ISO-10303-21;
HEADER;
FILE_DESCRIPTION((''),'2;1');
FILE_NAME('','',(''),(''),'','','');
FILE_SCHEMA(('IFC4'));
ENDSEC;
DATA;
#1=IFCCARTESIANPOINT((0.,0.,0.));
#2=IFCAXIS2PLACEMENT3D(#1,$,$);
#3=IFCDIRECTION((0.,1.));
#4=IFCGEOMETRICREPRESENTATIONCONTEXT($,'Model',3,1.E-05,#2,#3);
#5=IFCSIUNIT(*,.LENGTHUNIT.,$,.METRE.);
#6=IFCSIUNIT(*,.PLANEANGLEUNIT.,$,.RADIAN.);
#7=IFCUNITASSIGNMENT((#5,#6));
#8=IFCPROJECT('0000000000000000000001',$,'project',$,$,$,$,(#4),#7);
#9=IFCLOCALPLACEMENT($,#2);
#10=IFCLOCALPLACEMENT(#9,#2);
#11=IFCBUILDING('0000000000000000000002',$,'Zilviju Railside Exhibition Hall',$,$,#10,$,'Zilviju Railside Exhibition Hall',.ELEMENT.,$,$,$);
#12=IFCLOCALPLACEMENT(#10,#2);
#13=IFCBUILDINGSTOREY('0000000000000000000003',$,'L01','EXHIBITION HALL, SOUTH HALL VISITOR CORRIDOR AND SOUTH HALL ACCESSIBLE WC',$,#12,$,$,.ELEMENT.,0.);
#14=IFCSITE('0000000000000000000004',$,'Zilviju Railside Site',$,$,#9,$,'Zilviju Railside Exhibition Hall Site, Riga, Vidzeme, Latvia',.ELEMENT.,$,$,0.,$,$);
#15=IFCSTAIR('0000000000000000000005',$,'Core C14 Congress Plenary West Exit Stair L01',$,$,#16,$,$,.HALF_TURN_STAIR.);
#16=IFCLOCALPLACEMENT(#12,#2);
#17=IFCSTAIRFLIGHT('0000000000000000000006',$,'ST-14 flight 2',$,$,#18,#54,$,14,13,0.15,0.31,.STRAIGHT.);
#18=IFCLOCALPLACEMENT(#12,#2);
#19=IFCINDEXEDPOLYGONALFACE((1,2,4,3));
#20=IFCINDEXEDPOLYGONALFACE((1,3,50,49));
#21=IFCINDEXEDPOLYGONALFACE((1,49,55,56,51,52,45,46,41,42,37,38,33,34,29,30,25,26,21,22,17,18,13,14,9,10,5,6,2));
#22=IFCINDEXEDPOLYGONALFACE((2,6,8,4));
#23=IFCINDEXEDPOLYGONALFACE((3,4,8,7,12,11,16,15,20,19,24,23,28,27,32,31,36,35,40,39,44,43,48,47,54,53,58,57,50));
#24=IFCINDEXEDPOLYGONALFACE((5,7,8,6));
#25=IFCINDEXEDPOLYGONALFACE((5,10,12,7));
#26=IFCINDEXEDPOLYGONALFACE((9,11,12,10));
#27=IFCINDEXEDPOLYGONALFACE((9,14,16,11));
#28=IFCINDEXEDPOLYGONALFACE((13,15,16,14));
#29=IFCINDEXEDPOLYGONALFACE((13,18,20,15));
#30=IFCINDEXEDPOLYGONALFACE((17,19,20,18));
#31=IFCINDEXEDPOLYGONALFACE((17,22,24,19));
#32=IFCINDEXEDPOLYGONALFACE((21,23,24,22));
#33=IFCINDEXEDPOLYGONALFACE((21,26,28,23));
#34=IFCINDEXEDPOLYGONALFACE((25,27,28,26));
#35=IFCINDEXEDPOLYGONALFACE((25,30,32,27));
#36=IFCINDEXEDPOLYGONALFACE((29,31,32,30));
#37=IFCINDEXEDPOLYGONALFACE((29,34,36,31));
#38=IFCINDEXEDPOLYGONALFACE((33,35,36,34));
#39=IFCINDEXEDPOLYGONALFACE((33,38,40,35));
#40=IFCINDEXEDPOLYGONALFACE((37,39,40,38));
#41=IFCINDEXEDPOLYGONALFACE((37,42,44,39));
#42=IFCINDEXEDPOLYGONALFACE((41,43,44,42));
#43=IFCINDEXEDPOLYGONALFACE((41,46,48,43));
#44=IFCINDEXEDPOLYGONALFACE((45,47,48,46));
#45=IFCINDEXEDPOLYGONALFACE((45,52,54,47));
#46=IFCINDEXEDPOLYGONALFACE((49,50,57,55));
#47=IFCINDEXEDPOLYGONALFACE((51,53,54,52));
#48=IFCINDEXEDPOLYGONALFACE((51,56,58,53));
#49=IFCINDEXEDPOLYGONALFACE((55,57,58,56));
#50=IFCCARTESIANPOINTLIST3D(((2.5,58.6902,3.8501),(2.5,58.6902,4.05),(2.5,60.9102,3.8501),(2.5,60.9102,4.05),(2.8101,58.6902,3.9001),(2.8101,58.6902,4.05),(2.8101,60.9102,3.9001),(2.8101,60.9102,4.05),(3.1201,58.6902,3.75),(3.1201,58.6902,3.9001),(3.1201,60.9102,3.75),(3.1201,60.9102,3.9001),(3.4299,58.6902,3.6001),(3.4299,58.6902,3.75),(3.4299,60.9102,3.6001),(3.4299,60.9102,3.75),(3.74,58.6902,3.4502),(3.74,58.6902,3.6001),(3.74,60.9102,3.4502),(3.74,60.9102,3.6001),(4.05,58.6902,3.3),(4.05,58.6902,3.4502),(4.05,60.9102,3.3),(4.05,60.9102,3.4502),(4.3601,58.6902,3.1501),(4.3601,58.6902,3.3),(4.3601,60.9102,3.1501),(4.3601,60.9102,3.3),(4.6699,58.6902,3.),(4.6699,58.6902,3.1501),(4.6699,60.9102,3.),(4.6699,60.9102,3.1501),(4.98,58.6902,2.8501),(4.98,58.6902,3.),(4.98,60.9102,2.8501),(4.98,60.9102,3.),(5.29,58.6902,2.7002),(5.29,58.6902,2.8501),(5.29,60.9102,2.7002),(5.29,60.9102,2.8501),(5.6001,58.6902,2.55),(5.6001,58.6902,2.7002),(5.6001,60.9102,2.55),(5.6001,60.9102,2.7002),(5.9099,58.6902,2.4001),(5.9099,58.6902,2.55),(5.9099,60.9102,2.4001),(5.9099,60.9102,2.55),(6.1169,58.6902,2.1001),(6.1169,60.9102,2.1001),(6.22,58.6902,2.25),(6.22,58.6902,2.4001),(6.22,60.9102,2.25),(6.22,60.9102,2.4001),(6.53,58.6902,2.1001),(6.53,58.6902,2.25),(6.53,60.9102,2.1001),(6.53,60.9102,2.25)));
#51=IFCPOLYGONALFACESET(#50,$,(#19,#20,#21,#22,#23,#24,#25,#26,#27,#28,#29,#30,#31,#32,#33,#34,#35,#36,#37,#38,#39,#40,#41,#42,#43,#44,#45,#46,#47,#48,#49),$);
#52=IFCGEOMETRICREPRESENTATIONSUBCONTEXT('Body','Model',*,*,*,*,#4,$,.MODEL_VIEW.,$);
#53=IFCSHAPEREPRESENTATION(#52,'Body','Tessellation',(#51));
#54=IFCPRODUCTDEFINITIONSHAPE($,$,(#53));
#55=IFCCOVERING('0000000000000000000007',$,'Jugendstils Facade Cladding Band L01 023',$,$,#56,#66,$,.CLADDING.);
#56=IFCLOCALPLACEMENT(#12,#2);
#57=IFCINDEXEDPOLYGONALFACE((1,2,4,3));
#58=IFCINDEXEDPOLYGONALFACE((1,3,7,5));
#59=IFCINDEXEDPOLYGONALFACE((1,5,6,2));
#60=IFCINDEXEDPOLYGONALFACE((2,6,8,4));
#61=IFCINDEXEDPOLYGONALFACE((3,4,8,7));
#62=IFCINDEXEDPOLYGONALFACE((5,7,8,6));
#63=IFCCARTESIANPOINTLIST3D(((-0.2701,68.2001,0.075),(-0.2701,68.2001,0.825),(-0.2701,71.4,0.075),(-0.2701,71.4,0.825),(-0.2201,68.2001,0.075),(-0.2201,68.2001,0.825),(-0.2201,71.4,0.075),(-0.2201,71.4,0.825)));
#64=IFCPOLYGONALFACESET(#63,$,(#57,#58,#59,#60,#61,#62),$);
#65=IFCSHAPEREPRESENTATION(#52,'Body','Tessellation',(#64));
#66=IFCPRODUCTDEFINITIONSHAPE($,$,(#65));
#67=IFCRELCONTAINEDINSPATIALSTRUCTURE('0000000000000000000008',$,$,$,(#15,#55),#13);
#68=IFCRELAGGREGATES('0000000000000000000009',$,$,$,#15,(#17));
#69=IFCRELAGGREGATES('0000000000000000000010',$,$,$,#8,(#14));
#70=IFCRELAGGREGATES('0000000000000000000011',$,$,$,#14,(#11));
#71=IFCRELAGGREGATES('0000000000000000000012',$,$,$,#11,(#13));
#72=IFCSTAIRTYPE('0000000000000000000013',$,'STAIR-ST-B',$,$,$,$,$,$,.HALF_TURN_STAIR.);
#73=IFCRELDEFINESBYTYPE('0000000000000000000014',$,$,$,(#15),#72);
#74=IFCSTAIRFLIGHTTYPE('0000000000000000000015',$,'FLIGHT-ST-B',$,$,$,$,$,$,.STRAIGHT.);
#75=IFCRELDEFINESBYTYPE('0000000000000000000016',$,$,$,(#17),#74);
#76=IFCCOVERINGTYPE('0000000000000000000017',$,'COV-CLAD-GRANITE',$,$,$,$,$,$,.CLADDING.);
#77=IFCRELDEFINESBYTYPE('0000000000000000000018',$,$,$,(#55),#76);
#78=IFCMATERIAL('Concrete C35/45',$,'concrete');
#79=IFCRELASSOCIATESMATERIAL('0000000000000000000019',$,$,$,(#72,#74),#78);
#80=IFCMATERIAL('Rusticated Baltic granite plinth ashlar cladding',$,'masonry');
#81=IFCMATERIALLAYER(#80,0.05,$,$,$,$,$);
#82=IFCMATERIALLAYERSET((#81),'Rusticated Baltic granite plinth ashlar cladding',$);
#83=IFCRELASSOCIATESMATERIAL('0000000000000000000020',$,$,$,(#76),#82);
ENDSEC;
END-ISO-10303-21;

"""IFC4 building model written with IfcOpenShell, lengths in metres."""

from ifc_helpers import new_model, si_unit, direction, frame, origin, origin_2d, place, context, subcontext, project, spatial, polyline, rectangle, outline, extrude, material, layer, layer_set, type_object, element, aggregate, save


model = new_model("IFC4")

# Units and contexts
model_context = context("Model", 3, precision=1e-05, world=origin(), true_north=direction((0.0, 1.0)))
body_context = subcontext(model_context, "Body", "Model", "MODEL_VIEW")
ifc_project = project(units=[si_unit("LENGTHUNIT", "METRE"), si_unit("PLANEANGLEUNIT", "RADIAN")], contexts=[model_context])

# Site, building, storey
site_placement = place(None, origin())
site = spatial("IfcSite", under=ifc_project, at=site_placement, Name="Zilviju Railside Site", LongName="Zilviju Railside Exhibition Hall Site, Riga, Vidzeme, Latvia", CompositionType="ELEMENT", RefElevation=0.0)
building_placement = place(site_placement, origin())
building = spatial("IfcBuilding", under=site, at=building_placement, Name="Zilviju Railside Exhibition Hall", LongName="Zilviju Railside Exhibition Hall", CompositionType="ELEMENT")
storey_placement = place(building_placement, origin())
storey = spatial("IfcBuildingStorey", under=building, at=storey_placement, Name="L01", Description="EXHIBITION HALL, SOUTH HALL VISITOR CORRIDOR AND SOUTH HALL ACCESSIBLE WC", CompositionType="ELEMENT", Elevation=0.0)

# Shared definitions
ifc_material_1 = material(Name="Concrete C35/45", Category="concrete")

# Stair, stair flight
stair_type = type_object("IfcStairType", Name="STAIR-ST-B", PredefinedType="HALF_TURN_STAIR", material=ifc_material_1)
stair_placement = place(storey_placement, origin())
stair = element("IfcStair", 1, at=stair_placement, inside=storey, type_object=stair_type, Name="Core C14 Congress Plenary West Exit Stair L01", PredefinedType="HALF_TURN_STAIR")
stair_flight_type = type_object("IfcStairFlightType", Name="FLIGHT-ST-B", PredefinedType="STRAIGHT", material=ifc_material_1)
stair_flight_1_placement = place(storey_placement, frame((6.53, 59.8, 2.1001), z_axis=(0.0, 0.0, 1.0), x_axis=(-1.0, 0.0, 0.0)))
stair_flight_1 = element("IfcStairFlight", 2, at=stair_flight_1_placement, type_object=stair_flight_type, Name="ST-14 flight 2", NumberOfRisers=14, NumberOfTreads=13, PredefinedType="STRAIGHT", RiserHeight=0.15, TreadLength=0.31, context=body_context, shape_type="SweptSolid", body=[
    extrude(outline(polyline([(0.0, 0.0), (0.0, 0.1499), (0.3101, 0.1499), (0.3101, 0.3), (0.6201, 0.3), (0.6201, 0.45), (0.9299, 0.45), (0.9299, 0.6001), (1.24, 0.6001), (1.24, 0.75), (1.55, 0.75), (1.55, 0.8999), (1.8601, 0.8999), (1.8601, 1.05), (2.1699, 1.05), (2.1699, 1.2), (2.48, 1.2), (2.48, 1.3501), (2.79, 1.3501), (2.79, 1.5), (3.1001, 1.5), (3.1001, 1.6499), (3.4099, 1.6499), (3.4099, 1.8), (3.72, 1.8), (3.72, 1.95), (4.03, 1.95), (4.03, 2.1001), (4.03, 1.75), (0.4131, 0.0), (0.0, 0.0)])), frame((0.0, 1.1099, 0.0), z_axis=(0.0, -1.0, 0.0), x_axis=(1.0, 0.0, 0.0)), (0.0, 0.0, 1.0), 2.22),
])
aggregate(stair, [stair_flight_1])

# Covering
ifc_material_2 = material(Name="Rusticated Baltic granite plinth ashlar cladding", Category="masonry")
ifc_layer_1 = layer(ifc_material_2, 0.05)
ifc_layer_set_1 = layer_set([ifc_layer_1], Name="Rusticated Baltic granite plinth ashlar cladding")
covering_type = type_object("IfcCoveringType", Name="COV-CLAD-GRANITE", PredefinedType="CLADDING", material=ifc_layer_set_1)
covering_placement = place(storey_placement, frame((-0.2451, 69.8, 0.075), z_axis=(0.0, 0.0, 1.0), x_axis=(0.0, 1.0, 0.0)))
element("IfcCovering", 3, at=covering_placement, inside=storey, type_object=covering_type, Name="Jugendstils Facade Cladding Band L01 023", PredefinedType="CLADDING", context=body_context, shape_type="SweptSolid", body=[
    extrude(rectangle(XDim=3.2, YDim=0.05, at=origin_2d()), origin(), (0.0, 0.0, 1.0), 0.75),
])

save(model, "model.ifc")
